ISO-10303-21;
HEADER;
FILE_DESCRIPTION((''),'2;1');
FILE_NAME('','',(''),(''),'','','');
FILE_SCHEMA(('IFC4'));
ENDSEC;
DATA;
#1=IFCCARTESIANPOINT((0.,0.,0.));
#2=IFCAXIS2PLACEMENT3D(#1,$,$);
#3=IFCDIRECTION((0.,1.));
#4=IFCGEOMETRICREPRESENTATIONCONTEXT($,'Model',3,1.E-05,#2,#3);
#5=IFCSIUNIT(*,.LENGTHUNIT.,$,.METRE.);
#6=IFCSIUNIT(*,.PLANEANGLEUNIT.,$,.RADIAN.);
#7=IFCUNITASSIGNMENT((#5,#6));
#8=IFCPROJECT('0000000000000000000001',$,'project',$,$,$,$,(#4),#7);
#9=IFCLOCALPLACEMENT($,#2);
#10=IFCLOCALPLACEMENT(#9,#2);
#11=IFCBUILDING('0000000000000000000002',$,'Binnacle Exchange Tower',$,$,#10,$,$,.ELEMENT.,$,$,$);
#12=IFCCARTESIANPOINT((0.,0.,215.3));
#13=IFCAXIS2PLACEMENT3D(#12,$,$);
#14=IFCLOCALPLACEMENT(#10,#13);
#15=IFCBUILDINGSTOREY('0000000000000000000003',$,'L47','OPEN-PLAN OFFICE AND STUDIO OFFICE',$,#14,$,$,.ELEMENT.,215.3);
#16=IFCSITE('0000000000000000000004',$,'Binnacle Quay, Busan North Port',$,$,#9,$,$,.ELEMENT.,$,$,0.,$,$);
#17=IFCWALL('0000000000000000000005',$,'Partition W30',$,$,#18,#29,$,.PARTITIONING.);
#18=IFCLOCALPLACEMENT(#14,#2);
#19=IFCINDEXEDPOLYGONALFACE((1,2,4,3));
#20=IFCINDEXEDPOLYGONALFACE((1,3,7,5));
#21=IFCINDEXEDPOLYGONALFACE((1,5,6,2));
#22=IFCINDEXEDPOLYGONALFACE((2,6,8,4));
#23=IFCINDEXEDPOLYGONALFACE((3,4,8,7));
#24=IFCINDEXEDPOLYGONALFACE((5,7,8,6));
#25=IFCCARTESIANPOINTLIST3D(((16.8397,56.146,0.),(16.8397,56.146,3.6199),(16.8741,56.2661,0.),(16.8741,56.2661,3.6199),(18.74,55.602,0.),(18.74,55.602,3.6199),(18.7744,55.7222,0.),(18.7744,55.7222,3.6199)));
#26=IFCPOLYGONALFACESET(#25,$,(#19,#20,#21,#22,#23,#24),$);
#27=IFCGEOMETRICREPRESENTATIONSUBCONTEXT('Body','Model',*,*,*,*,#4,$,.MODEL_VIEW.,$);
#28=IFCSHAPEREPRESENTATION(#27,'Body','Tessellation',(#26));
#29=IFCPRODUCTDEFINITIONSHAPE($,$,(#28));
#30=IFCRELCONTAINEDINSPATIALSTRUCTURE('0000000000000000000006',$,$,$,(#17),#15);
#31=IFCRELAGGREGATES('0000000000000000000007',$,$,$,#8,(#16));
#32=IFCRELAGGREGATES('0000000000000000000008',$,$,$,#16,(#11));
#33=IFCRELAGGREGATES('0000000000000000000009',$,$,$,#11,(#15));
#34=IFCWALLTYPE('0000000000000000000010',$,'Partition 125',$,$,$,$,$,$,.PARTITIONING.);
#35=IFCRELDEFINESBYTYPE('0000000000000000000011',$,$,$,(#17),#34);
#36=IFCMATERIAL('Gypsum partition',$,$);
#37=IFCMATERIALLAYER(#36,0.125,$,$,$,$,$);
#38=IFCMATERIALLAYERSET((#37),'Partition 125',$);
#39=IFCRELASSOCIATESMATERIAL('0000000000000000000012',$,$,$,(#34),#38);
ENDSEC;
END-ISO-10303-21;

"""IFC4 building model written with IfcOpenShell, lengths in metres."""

from ifc_helpers import new_model, si_unit, direction, frame, frame_2d, origin, place, context, subcontext, project, spatial, rectangle, extrude, material, layer, layer_set, type_object, element, save


model = new_model("IFC4")

# Units and contexts
model_context = context("Model", 3, precision=1e-05, world=origin(), true_north=direction((0.0, 1.0)))
body_context = subcontext(model_context, "Body", "Model", "MODEL_VIEW")
ifc_project = project(units=[si_unit("LENGTHUNIT", "METRE"), si_unit("PLANEANGLEUNIT", "RADIAN")], contexts=[model_context])

# Site, building, storey
site_placement = place(None, origin())
site = spatial("IfcSite", under=ifc_project, at=site_placement, Name="Binnacle Quay, Busan North Port", CompositionType="ELEMENT", RefElevation=0.0)
building_placement = place(site_placement, origin())
building = spatial("IfcBuilding", under=site, at=building_placement, Name="Binnacle Exchange Tower", CompositionType="ELEMENT")
storey_placement = place(building_placement, frame((0.0, 0.0, 215.3)))
storey = spatial("IfcBuildingStorey", under=building, at=storey_placement, Name="L47", Description="OPEN-PLAN OFFICE AND STUDIO OFFICE", CompositionType="ELEMENT", Elevation=215.3)

# Shared definitions
ifc_material_1 = material(Name="Gypsum partition")
ifc_layer_1 = layer(ifc_material_1, 0.125)
ifc_layer_set_1 = layer_set([ifc_layer_1], Name="Partition 125")
wall_type_1 = type_object("IfcWallType", Name="Partition 125", PredefinedType="PARTITIONING", material=ifc_layer_set_1)

# Wall
wall_1_placement = place(storey_placement, frame((16.8569, 56.2061, 0.0), z_axis=(0.0, 0.0, 1.0), x_axis=(0.961384, -0.275211, 0.0)))
element("IfcWall", 1, at=wall_1_placement, inside=storey, type_object=wall_type_1, Name="Partition W30", PredefinedType="PARTITIONING", context=body_context, shape_type="SweptSolid", body=[
    extrude(rectangle(XDim=1.9766, YDim=0.125, at=frame_2d((0.9883, 0.0))), origin(), (0.0, 0.0, 1.0), 3.6199),
])

save(model, "model.ifc")
